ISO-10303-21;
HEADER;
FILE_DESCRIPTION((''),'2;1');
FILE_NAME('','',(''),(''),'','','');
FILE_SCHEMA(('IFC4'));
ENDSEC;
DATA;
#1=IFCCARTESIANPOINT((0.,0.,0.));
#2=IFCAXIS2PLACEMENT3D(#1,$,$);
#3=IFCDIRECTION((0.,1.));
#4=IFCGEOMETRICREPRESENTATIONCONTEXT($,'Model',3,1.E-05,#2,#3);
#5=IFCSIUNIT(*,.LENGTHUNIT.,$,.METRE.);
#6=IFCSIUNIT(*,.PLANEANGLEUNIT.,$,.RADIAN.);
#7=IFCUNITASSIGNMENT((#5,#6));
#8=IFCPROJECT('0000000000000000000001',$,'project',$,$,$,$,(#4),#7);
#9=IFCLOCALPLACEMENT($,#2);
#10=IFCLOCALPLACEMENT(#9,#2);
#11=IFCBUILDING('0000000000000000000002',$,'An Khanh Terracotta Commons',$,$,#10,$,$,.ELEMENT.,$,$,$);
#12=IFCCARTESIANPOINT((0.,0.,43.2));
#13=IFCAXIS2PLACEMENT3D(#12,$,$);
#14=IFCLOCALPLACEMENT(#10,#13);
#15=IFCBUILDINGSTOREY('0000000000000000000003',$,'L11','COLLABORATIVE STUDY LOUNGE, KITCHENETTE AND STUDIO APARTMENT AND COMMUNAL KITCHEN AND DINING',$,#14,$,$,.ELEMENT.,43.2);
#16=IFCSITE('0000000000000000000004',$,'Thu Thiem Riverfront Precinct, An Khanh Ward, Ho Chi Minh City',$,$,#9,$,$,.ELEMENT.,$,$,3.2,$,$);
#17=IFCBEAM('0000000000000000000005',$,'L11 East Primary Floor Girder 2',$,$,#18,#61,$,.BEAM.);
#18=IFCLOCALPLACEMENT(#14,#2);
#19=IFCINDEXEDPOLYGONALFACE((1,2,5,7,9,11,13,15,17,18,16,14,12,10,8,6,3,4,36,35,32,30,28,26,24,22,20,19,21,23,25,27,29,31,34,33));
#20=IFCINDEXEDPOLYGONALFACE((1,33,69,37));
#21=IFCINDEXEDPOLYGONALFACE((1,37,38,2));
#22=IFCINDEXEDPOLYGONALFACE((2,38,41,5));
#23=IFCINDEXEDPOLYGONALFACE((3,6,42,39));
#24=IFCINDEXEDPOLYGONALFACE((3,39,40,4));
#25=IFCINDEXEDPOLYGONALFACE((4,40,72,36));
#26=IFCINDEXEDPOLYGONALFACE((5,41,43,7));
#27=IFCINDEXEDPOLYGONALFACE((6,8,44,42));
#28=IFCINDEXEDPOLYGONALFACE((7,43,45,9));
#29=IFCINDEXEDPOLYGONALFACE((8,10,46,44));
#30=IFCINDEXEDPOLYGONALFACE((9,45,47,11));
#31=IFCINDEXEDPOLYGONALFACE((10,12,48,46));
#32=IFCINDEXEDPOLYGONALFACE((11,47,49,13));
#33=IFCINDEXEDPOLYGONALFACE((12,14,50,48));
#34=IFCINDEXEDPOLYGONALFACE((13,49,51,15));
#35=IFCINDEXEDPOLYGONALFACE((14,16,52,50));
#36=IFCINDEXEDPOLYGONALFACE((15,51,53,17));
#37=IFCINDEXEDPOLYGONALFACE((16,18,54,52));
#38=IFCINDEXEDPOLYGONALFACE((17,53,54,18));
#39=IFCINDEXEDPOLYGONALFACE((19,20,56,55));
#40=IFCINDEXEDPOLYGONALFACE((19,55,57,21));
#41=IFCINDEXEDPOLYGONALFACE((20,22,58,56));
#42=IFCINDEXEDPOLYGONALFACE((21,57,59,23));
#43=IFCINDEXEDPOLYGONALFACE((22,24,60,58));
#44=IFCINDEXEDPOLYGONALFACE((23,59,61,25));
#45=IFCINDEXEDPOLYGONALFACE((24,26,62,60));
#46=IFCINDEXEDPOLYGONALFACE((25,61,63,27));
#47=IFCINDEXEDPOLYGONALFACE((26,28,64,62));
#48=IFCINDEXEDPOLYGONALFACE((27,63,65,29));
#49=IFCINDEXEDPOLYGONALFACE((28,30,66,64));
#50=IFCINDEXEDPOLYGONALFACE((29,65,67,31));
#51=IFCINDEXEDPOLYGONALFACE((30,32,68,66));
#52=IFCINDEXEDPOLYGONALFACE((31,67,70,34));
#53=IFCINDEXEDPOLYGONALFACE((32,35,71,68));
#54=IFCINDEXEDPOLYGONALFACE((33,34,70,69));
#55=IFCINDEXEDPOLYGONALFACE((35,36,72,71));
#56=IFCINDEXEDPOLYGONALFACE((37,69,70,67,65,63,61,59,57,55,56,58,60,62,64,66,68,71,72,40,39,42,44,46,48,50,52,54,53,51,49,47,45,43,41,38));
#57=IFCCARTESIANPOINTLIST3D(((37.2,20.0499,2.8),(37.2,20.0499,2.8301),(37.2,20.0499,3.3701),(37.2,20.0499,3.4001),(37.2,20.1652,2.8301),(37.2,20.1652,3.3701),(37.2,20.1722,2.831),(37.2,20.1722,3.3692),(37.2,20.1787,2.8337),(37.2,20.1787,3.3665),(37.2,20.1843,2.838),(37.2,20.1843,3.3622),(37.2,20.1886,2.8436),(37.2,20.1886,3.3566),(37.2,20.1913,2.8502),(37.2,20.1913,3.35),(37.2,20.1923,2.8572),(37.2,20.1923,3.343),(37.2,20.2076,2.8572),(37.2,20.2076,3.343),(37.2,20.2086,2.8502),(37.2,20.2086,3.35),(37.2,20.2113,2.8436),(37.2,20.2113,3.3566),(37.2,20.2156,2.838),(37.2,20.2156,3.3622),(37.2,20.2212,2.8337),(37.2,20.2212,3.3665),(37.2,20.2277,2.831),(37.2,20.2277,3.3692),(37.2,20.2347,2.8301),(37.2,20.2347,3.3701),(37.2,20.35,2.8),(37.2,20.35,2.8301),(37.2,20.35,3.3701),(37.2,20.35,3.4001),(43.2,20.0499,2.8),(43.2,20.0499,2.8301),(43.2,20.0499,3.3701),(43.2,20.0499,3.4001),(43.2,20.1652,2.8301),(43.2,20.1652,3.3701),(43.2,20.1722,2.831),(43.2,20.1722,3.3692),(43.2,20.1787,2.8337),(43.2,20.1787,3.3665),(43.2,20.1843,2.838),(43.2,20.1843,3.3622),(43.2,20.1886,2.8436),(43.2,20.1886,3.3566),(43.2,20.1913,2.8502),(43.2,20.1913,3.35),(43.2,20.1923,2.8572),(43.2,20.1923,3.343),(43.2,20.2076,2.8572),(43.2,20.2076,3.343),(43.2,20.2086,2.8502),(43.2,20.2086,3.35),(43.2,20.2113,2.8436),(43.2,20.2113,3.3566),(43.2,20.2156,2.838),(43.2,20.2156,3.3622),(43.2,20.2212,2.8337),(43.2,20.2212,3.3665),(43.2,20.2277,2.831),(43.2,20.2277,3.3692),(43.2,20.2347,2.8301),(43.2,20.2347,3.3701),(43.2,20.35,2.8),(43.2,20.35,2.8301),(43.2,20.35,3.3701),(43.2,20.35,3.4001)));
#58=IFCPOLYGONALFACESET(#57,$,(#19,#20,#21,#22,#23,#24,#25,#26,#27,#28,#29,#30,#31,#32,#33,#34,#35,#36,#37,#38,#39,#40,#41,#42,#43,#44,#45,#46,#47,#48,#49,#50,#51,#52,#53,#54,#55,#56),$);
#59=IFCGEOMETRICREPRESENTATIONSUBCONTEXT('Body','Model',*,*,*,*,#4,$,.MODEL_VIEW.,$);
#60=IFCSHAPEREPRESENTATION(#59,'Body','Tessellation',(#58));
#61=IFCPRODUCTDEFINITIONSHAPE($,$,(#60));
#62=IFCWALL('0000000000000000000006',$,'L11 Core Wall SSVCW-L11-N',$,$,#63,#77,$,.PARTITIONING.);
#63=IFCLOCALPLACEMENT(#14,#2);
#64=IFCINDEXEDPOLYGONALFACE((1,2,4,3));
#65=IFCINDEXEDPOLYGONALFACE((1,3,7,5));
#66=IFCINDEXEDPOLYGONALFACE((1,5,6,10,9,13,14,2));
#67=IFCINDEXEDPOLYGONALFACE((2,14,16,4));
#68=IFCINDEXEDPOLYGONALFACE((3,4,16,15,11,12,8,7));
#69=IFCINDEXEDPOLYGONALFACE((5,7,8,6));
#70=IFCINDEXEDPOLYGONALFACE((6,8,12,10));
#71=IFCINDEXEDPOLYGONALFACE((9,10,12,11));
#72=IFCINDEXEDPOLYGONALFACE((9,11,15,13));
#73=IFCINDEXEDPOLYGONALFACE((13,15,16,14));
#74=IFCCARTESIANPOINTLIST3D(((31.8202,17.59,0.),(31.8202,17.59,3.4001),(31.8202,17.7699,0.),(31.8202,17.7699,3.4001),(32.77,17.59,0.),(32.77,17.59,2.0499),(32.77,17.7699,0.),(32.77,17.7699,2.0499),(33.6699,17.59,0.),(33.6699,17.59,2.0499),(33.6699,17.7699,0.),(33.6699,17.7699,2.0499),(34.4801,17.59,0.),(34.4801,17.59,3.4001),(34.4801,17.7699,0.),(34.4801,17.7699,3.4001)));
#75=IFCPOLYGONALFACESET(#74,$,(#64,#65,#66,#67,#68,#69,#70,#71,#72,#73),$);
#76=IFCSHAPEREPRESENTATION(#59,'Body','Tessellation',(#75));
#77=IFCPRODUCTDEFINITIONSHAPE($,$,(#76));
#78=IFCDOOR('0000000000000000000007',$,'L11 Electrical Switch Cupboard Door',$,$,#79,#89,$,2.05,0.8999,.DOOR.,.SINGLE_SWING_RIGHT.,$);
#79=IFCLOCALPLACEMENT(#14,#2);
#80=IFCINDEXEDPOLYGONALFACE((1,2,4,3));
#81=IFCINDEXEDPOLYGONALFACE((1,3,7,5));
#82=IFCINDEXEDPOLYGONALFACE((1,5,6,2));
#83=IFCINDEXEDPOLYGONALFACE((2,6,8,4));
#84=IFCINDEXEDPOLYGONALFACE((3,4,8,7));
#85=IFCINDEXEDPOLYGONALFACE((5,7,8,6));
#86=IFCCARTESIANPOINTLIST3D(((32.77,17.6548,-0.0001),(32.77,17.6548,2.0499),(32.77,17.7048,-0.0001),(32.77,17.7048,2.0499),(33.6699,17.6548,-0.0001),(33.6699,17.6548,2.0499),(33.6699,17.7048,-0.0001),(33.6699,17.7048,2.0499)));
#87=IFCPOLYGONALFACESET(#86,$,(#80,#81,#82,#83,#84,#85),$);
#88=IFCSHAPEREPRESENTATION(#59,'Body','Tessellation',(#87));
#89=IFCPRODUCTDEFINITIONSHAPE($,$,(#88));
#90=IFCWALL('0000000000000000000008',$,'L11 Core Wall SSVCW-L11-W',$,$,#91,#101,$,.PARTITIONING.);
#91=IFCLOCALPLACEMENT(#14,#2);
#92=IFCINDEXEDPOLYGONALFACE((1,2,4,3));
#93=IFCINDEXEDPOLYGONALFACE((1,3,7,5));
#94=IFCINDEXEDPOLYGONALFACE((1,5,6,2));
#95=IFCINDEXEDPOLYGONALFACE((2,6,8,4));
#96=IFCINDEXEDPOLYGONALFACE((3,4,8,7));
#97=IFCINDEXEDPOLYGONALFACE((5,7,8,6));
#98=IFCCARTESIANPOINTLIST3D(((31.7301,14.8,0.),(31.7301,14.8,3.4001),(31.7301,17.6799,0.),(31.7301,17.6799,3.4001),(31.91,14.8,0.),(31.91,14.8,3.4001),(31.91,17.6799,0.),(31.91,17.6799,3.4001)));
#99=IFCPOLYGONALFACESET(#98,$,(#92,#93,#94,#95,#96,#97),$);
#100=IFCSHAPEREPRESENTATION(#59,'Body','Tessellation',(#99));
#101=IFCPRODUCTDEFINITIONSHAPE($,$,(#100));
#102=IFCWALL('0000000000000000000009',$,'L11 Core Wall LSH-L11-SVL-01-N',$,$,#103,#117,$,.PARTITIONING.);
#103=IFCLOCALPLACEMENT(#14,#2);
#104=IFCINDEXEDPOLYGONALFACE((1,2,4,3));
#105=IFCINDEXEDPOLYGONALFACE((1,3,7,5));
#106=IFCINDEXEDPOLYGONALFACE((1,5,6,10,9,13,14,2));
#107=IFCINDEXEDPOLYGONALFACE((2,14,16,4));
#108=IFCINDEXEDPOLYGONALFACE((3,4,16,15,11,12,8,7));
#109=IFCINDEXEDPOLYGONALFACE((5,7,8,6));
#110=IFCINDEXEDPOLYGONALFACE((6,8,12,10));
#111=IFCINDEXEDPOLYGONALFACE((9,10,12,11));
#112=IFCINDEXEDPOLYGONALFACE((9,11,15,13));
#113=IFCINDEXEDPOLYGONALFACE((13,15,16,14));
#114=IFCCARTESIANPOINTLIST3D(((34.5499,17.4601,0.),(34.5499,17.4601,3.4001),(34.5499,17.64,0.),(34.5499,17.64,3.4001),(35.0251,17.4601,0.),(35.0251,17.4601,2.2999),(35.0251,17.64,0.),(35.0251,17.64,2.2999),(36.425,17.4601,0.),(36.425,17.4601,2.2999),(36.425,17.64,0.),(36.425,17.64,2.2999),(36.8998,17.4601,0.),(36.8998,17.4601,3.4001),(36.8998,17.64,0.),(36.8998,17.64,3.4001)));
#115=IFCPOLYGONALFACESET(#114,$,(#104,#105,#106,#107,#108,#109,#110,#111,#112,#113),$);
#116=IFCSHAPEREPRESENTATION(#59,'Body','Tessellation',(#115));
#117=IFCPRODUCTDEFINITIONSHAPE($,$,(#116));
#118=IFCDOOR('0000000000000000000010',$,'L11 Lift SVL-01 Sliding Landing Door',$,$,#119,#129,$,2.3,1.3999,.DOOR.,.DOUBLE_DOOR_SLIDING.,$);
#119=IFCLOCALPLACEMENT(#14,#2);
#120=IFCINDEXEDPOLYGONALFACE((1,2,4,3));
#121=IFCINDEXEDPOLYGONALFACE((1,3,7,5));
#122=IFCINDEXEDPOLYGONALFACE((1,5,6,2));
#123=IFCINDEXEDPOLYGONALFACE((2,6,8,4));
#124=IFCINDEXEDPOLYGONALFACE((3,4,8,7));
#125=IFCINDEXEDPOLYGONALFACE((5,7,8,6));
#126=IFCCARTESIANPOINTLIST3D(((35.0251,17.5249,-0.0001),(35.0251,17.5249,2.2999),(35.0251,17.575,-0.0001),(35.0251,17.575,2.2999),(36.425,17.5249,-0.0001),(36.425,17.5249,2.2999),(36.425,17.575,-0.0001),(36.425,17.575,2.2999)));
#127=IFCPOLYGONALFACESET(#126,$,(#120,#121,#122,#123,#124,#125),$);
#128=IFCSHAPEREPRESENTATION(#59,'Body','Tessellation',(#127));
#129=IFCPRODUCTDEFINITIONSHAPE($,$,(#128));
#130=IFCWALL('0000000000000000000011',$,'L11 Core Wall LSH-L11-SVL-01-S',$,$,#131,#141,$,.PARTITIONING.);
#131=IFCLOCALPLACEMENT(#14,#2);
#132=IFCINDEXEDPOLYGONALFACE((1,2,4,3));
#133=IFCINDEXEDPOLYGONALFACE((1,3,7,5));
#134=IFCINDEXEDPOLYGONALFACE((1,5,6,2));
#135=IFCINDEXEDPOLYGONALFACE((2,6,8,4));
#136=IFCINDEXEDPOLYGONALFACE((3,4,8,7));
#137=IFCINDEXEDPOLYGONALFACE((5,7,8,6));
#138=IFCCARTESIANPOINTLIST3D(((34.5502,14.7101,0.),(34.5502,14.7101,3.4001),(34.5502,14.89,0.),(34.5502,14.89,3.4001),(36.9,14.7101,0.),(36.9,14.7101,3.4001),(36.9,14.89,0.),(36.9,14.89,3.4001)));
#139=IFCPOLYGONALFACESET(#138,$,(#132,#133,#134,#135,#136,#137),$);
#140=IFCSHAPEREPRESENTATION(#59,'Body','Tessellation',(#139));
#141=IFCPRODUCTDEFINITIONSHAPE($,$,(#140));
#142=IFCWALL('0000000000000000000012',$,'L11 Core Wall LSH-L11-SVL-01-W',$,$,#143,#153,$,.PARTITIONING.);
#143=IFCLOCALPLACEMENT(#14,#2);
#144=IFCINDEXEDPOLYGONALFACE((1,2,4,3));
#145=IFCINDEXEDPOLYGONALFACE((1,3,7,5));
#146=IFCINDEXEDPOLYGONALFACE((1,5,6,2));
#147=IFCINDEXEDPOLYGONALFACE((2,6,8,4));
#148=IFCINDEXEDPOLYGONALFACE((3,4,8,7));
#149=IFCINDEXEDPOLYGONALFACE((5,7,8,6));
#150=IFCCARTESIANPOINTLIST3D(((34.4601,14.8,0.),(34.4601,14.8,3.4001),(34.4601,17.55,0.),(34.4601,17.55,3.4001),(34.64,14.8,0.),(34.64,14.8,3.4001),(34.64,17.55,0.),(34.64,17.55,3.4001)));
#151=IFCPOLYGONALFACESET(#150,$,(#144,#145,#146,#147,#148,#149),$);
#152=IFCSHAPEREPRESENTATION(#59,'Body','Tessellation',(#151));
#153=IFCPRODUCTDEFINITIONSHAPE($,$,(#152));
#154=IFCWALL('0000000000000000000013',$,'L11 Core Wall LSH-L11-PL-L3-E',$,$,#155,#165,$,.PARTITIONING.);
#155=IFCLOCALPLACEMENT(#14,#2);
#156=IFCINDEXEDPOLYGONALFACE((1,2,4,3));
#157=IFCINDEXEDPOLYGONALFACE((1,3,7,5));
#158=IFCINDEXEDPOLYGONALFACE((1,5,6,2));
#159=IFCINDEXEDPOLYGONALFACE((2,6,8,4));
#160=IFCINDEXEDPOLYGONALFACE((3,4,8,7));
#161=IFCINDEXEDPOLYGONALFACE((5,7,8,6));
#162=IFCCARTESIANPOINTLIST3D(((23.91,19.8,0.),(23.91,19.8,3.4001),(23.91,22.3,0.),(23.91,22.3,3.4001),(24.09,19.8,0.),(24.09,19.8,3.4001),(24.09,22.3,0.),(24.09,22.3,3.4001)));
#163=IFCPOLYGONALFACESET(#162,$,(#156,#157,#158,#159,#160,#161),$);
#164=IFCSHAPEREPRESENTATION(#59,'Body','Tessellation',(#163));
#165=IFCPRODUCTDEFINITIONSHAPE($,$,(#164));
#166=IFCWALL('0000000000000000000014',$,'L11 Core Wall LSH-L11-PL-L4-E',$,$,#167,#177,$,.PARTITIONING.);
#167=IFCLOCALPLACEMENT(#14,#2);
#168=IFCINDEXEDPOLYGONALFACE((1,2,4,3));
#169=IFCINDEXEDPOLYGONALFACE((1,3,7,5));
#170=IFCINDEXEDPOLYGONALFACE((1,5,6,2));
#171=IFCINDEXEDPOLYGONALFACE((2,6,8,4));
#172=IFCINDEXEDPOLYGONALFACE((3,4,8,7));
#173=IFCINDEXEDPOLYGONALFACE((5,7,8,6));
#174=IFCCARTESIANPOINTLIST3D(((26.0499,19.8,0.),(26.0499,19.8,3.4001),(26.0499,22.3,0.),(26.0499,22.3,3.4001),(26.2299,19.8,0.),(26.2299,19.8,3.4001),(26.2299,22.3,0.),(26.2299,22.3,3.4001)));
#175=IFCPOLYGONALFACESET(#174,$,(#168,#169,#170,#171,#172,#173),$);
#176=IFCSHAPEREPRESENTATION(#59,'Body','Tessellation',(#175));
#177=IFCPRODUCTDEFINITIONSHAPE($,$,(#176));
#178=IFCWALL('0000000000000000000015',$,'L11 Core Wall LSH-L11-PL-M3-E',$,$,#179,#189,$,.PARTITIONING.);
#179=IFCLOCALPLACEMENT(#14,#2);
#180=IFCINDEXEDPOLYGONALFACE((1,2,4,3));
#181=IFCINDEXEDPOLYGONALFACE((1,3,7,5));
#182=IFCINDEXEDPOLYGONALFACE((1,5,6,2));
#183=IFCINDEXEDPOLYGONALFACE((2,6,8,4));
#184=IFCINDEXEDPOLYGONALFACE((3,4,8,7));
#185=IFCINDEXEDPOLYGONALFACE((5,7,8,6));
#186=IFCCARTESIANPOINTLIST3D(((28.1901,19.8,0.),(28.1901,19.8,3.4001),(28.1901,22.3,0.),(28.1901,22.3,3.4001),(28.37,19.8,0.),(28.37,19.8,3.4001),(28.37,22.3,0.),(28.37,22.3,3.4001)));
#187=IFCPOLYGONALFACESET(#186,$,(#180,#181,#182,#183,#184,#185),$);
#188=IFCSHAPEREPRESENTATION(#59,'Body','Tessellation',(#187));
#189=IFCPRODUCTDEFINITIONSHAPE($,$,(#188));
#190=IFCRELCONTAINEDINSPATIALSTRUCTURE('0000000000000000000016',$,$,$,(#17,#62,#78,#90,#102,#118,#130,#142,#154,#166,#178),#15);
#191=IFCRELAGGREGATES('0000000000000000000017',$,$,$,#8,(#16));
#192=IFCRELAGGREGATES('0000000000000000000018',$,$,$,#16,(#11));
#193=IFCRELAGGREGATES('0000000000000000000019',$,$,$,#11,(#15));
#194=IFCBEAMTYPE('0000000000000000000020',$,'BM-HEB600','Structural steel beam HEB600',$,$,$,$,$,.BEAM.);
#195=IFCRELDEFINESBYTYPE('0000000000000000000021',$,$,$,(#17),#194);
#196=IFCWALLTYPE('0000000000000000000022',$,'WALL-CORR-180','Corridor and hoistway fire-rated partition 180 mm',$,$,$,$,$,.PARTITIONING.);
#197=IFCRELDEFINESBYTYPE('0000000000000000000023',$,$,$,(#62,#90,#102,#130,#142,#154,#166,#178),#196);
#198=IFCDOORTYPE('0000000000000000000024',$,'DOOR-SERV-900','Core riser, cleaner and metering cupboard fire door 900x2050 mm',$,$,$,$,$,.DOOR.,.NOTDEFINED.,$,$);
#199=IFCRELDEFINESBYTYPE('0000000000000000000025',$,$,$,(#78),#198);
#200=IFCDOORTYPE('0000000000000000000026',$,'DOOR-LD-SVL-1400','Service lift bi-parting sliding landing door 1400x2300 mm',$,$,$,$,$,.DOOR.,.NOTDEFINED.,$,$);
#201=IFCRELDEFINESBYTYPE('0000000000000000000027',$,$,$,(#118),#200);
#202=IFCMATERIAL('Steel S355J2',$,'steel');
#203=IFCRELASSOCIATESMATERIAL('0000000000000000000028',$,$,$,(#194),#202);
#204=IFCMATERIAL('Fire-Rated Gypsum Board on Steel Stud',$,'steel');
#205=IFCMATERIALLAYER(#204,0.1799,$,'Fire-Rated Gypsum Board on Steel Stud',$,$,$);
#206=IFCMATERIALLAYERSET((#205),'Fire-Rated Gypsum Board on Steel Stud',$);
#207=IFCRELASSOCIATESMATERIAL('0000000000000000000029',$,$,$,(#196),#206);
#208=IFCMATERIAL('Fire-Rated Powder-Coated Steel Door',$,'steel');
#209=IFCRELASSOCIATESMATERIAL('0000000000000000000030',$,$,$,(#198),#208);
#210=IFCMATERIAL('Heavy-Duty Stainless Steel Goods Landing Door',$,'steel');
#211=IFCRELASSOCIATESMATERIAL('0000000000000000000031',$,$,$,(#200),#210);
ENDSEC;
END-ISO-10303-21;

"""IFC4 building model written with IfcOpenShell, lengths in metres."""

from ifc_helpers import new_model, si_unit, direction, frame, frame_2d, origin, origin_2d, place, context, subcontext, project, spatial, rectangle, i_section, extrude, material, layer, layer_set, material_profile, profile_set, type_object, element, fill, save


model = new_model("IFC4")

# Units and contexts
model_context = context("Model", 3, precision=1e-05, world=origin(), true_north=direction((0.0, 1.0)))
body_context = subcontext(model_context, "Body", "Model", "MODEL_VIEW")
ifc_project = project(units=[si_unit("LENGTHUNIT", "METRE"), si_unit("PLANEANGLEUNIT", "RADIAN")], contexts=[model_context])

# Site, building, storey
site_placement = place(None, origin())
site = spatial("IfcSite", under=ifc_project, at=site_placement, Name="Thu Thiem Riverfront Precinct, An Khanh Ward, Ho Chi Minh City", CompositionType="ELEMENT", RefElevation=3.2)
building_placement = place(site_placement, origin())
building = spatial("IfcBuilding", under=site, at=building_placement, Name="An Khanh Terracotta Commons", CompositionType="ELEMENT")
storey_placement = place(building_placement, frame((0.0, 0.0, 43.2)))
storey = spatial("IfcBuildingStorey", under=building, at=storey_placement, Name="L11", Description="COLLABORATIVE STUDY LOUNGE, KITCHENETTE AND STUDIO APARTMENT AND COMMUNAL KITCHEN AND DINING", CompositionType="ELEMENT", Elevation=43.2)

# Beam
ifc_material_1 = material(Name="Steel S355J2", Category="steel")
ifc_material_profile_1 = material_profile(ifc_material_1, i_section(OverallWidth=0.3, OverallDepth=0.6001, WebThickness=0.0154, FlangeThickness=0.03, FilletRadius=0.0271, at=origin_2d()), Name="HEB600")
ifc_profile_set_1 = profile_set([ifc_material_profile_1], Name="Steel S355J2")
beam_type_1 = type_object("IfcBeamType", Name="BM-HEB600", Description="Structural steel beam HEB600", PredefinedType="BEAM", material=ifc_profile_set_1)
for number, where, z_axis, x_axis, name in (
    (1, (37.2, 20.2, 3.1001), (1.0, 0.0, 0.0), (0.0, 1.0, 0.0), "L11 East Primary Floor Girder 2"),
):
    element("IfcBeam", number, at=place(storey_placement, frame(where, z_axis=z_axis, x_axis=x_axis)), inside=storey, type_object=beam_type_1, Name=name, PredefinedType="BEAM", context=body_context, shape_type="SweptSolid", body=[
        extrude(i_section(OverallWidth=0.3, OverallDepth=0.6001, WebThickness=0.0154, FlangeThickness=0.03, FilletRadius=0.0271, at=origin_2d()), origin(), (0.0, 0.0, 1.0), 6.0),
    ])

# Wall, opening, door
ifc_material_2 = material(Name="Fire-Rated Gypsum Board on Steel Stud", Category="steel")
ifc_layer_1 = layer(ifc_material_2, 0.1799, Name="Fire-Rated Gypsum Board on Steel Stud")
ifc_layer_set_1 = layer_set([ifc_layer_1], Name="Fire-Rated Gypsum Board on Steel Stud")
wall_type_1 = type_object("IfcWallType", Name="WALL-CORR-180", Description="Corridor and hoistway fire-rated partition 180 mm", PredefinedType="PARTITIONING", material=ifc_layer_set_1)
wall_1_placement = place(storey_placement, frame((31.8201, 17.6799, 0.0), z_axis=(0.0, 0.0, 1.0), x_axis=(1.0, 0.0, 0.0)))
wall_1 = element("IfcWall", 2, at=wall_1_placement, inside=storey, type_object=wall_type_1, Name="L11 Core Wall SSVCW-L11-N", PredefinedType="PARTITIONING", context=body_context, shape_type="SweptSolid", body=[
    extrude(rectangle(XDim=2.6599, YDim=0.1799, at=frame_2d((1.3301, 0.0))), origin(), (0.0, 0.0, 1.0), 3.4001),
])
opening_1_placement = place(wall_1_placement, frame((0.95, 0.0, 0.0)))
opening_1 = element("IfcOpeningElement", 3, at=opening_1_placement, cuts=wall_1, PredefinedType="OPENING", context=body_context, shape_type="SweptSolid", body=[
    extrude(rectangle(XDim=0.8999, YDim=2.05, at=frame_2d((0.45, 1.0249))), frame((0.0, 0.0999, 0.0), z_axis=(0.0, -1.0, 0.0), x_axis=(1.0, 0.0, 0.0)), (0.0, 0.0, 1.0), 0.2),
])
ifc_material_3 = material(Name="Fire-Rated Powder-Coated Steel Door", Category="steel")
door_type_1 = type_object("IfcDoorType", Name="DOOR-SERV-900", Description="Core riser, cleaner and metering cupboard fire door 900x2050 mm", OperationType="NOTDEFINED", PredefinedType="DOOR", material=ifc_material_3)
door_1_placement = place(opening_1_placement, origin())
door_1 = element("IfcDoor", 4, at=door_1_placement, inside=storey, type_object=door_type_1, Name="L11 Electrical Switch Cupboard Door", OperationType="SINGLE_SWING_RIGHT", OverallHeight=2.05, OverallWidth=0.8999, PredefinedType="DOOR", context=body_context, shape_type="SweptSolid", body=[
    extrude(rectangle(XDim=0.8999, YDim=2.05, at=frame_2d((0.45, 1.0249))), frame((0.0, 0.0249, 0.0), z_axis=(0.0, -1.0, 0.0), x_axis=(1.0, 0.0, 0.0)), (0.0, 0.0, 1.0), 0.05),
])
fill(opening_1, door_1)

# Wall
wall_2_placement = place(storey_placement, frame((31.8201, 14.8, 0.0), z_axis=(0.0, 0.0, 1.0), x_axis=(0.0, 1.0, 0.0)))
element("IfcWall", 5, at=wall_2_placement, inside=storey, type_object=wall_type_1, Name="L11 Core Wall SSVCW-L11-W", PredefinedType="PARTITIONING", context=body_context, shape_type="SweptSolid", body=[
    extrude(rectangle(XDim=2.8799, YDim=0.1799, at=frame_2d((1.4399, 0.0))), origin(), (0.0, 0.0, 1.0), 3.4001),
])

# Wall, opening, door
wall_3_placement = place(storey_placement, frame((34.55, 17.55, 0.0), z_axis=(0.0, 0.0, 1.0), x_axis=(1.0, 0.0, 0.0)))
wall_3 = element("IfcWall", 6, at=wall_3_placement, inside=storey, type_object=wall_type_1, Name="L11 Core Wall LSH-L11-SVL-01-N", PredefinedType="PARTITIONING", context=body_context, shape_type="SweptSolid", body=[
    extrude(rectangle(XDim=2.3499, YDim=0.1799, at=frame_2d((1.1748, 0.0))), origin(), (0.0, 0.0, 1.0), 3.4001),
])
opening_2_placement = place(wall_3_placement, frame((0.4751, 0.0, 0.0)))
opening_2 = element("IfcOpeningElement", 7, at=opening_2_placement, cuts=wall_3, PredefinedType="OPENING", context=body_context, shape_type="SweptSolid", body=[
    extrude(rectangle(XDim=1.3999, YDim=2.3, at=frame_2d((0.7, 1.1499))), frame((0.0, 0.0999, 0.0), z_axis=(0.0, -1.0, 0.0), x_axis=(1.0, 0.0, 0.0)), (0.0, 0.0, 1.0), 0.2),
])
ifc_material_4 = material(Name="Heavy-Duty Stainless Steel Goods Landing Door", Category="steel")
door_type_2 = type_object("IfcDoorType", Name="DOOR-LD-SVL-1400", Description="Service lift bi-parting sliding landing door 1400x2300 mm", OperationType="NOTDEFINED", PredefinedType="DOOR", material=ifc_material_4)
door_2_placement = place(opening_2_placement, origin())
door_2 = element("IfcDoor", 8, at=door_2_placement, inside=storey, type_object=door_type_2, Name="L11 Lift SVL-01 Sliding Landing Door", OperationType="DOUBLE_DOOR_SLIDING", OverallHeight=2.3, OverallWidth=1.3999, PredefinedType="DOOR", context=body_context, shape_type="SweptSolid", body=[
    extrude(rectangle(XDim=1.3999, YDim=2.3, at=frame_2d((0.7, 1.1499))), frame((0.0, 0.0249, 0.0), z_axis=(0.0, -1.0, 0.0), x_axis=(1.0, 0.0, 0.0)), (0.0, 0.0, 1.0), 0.05),
])
fill(opening_2, door_2)

# Walls
wall_4_placement = place(storey_placement, frame((36.8999, 14.8, 0.0), z_axis=(0.0, 0.0, 1.0), x_axis=(-1.0, 0.0, 0.0)))
element("IfcWall", 9, at=wall_4_placement, inside=storey, type_object=wall_type_1, Name="L11 Core Wall LSH-L11-SVL-01-S", PredefinedType="PARTITIONING", context=body_context, shape_type="SweptSolid", body=[
    extrude(rectangle(XDim=2.3499, YDim=0.1799, at=frame_2d((1.1748, 0.0))), origin(), (0.0, 0.0, 1.0), 3.4001),
])
wall_5_placement = place(storey_placement, frame((34.55, 17.55, 0.0), z_axis=(0.0, 0.0, 1.0), x_axis=(0.0, -1.0, 0.0)))
element("IfcWall", 10, at=wall_5_placement, inside=storey, type_object=wall_type_1, Name="L11 Core Wall LSH-L11-SVL-01-W", PredefinedType="PARTITIONING", context=body_context, shape_type="SweptSolid", body=[
    extrude(rectangle(XDim=2.75, YDim=0.1799, at=frame_2d((1.375, 0.0))), origin(), (0.0, 0.0, 1.0), 3.4001),
])
for number, where, z_axis, x_axis, name in (
    (11, (24.0, 19.8, 0.0), (0.0, 0.0, 1.0), (0.0, 1.0, 0.0), "L11 Core Wall LSH-L11-PL-L3-E"),
    (12, (26.1399, 19.8, 0.0), (0.0, 0.0, 1.0), (0.0, 1.0, 0.0), "L11 Core Wall LSH-L11-PL-L4-E"),
    (13, (28.28, 19.8, 0.0), (0.0, 0.0, 1.0), (0.0, 1.0, 0.0), "L11 Core Wall LSH-L11-PL-M3-E"),
):
    element("IfcWall", number, at=place(storey_placement, frame(where, z_axis=z_axis, x_axis=x_axis)), inside=storey, type_object=wall_type_1, Name=name, PredefinedType="PARTITIONING", context=body_context, shape_type="SweptSolid", body=[
        extrude(rectangle(XDim=2.5, YDim=0.1799, at=frame_2d((1.25, 0.0))), origin(), (0.0, 0.0, 1.0), 3.4001),
    ])

save(model, "model.ifc")
